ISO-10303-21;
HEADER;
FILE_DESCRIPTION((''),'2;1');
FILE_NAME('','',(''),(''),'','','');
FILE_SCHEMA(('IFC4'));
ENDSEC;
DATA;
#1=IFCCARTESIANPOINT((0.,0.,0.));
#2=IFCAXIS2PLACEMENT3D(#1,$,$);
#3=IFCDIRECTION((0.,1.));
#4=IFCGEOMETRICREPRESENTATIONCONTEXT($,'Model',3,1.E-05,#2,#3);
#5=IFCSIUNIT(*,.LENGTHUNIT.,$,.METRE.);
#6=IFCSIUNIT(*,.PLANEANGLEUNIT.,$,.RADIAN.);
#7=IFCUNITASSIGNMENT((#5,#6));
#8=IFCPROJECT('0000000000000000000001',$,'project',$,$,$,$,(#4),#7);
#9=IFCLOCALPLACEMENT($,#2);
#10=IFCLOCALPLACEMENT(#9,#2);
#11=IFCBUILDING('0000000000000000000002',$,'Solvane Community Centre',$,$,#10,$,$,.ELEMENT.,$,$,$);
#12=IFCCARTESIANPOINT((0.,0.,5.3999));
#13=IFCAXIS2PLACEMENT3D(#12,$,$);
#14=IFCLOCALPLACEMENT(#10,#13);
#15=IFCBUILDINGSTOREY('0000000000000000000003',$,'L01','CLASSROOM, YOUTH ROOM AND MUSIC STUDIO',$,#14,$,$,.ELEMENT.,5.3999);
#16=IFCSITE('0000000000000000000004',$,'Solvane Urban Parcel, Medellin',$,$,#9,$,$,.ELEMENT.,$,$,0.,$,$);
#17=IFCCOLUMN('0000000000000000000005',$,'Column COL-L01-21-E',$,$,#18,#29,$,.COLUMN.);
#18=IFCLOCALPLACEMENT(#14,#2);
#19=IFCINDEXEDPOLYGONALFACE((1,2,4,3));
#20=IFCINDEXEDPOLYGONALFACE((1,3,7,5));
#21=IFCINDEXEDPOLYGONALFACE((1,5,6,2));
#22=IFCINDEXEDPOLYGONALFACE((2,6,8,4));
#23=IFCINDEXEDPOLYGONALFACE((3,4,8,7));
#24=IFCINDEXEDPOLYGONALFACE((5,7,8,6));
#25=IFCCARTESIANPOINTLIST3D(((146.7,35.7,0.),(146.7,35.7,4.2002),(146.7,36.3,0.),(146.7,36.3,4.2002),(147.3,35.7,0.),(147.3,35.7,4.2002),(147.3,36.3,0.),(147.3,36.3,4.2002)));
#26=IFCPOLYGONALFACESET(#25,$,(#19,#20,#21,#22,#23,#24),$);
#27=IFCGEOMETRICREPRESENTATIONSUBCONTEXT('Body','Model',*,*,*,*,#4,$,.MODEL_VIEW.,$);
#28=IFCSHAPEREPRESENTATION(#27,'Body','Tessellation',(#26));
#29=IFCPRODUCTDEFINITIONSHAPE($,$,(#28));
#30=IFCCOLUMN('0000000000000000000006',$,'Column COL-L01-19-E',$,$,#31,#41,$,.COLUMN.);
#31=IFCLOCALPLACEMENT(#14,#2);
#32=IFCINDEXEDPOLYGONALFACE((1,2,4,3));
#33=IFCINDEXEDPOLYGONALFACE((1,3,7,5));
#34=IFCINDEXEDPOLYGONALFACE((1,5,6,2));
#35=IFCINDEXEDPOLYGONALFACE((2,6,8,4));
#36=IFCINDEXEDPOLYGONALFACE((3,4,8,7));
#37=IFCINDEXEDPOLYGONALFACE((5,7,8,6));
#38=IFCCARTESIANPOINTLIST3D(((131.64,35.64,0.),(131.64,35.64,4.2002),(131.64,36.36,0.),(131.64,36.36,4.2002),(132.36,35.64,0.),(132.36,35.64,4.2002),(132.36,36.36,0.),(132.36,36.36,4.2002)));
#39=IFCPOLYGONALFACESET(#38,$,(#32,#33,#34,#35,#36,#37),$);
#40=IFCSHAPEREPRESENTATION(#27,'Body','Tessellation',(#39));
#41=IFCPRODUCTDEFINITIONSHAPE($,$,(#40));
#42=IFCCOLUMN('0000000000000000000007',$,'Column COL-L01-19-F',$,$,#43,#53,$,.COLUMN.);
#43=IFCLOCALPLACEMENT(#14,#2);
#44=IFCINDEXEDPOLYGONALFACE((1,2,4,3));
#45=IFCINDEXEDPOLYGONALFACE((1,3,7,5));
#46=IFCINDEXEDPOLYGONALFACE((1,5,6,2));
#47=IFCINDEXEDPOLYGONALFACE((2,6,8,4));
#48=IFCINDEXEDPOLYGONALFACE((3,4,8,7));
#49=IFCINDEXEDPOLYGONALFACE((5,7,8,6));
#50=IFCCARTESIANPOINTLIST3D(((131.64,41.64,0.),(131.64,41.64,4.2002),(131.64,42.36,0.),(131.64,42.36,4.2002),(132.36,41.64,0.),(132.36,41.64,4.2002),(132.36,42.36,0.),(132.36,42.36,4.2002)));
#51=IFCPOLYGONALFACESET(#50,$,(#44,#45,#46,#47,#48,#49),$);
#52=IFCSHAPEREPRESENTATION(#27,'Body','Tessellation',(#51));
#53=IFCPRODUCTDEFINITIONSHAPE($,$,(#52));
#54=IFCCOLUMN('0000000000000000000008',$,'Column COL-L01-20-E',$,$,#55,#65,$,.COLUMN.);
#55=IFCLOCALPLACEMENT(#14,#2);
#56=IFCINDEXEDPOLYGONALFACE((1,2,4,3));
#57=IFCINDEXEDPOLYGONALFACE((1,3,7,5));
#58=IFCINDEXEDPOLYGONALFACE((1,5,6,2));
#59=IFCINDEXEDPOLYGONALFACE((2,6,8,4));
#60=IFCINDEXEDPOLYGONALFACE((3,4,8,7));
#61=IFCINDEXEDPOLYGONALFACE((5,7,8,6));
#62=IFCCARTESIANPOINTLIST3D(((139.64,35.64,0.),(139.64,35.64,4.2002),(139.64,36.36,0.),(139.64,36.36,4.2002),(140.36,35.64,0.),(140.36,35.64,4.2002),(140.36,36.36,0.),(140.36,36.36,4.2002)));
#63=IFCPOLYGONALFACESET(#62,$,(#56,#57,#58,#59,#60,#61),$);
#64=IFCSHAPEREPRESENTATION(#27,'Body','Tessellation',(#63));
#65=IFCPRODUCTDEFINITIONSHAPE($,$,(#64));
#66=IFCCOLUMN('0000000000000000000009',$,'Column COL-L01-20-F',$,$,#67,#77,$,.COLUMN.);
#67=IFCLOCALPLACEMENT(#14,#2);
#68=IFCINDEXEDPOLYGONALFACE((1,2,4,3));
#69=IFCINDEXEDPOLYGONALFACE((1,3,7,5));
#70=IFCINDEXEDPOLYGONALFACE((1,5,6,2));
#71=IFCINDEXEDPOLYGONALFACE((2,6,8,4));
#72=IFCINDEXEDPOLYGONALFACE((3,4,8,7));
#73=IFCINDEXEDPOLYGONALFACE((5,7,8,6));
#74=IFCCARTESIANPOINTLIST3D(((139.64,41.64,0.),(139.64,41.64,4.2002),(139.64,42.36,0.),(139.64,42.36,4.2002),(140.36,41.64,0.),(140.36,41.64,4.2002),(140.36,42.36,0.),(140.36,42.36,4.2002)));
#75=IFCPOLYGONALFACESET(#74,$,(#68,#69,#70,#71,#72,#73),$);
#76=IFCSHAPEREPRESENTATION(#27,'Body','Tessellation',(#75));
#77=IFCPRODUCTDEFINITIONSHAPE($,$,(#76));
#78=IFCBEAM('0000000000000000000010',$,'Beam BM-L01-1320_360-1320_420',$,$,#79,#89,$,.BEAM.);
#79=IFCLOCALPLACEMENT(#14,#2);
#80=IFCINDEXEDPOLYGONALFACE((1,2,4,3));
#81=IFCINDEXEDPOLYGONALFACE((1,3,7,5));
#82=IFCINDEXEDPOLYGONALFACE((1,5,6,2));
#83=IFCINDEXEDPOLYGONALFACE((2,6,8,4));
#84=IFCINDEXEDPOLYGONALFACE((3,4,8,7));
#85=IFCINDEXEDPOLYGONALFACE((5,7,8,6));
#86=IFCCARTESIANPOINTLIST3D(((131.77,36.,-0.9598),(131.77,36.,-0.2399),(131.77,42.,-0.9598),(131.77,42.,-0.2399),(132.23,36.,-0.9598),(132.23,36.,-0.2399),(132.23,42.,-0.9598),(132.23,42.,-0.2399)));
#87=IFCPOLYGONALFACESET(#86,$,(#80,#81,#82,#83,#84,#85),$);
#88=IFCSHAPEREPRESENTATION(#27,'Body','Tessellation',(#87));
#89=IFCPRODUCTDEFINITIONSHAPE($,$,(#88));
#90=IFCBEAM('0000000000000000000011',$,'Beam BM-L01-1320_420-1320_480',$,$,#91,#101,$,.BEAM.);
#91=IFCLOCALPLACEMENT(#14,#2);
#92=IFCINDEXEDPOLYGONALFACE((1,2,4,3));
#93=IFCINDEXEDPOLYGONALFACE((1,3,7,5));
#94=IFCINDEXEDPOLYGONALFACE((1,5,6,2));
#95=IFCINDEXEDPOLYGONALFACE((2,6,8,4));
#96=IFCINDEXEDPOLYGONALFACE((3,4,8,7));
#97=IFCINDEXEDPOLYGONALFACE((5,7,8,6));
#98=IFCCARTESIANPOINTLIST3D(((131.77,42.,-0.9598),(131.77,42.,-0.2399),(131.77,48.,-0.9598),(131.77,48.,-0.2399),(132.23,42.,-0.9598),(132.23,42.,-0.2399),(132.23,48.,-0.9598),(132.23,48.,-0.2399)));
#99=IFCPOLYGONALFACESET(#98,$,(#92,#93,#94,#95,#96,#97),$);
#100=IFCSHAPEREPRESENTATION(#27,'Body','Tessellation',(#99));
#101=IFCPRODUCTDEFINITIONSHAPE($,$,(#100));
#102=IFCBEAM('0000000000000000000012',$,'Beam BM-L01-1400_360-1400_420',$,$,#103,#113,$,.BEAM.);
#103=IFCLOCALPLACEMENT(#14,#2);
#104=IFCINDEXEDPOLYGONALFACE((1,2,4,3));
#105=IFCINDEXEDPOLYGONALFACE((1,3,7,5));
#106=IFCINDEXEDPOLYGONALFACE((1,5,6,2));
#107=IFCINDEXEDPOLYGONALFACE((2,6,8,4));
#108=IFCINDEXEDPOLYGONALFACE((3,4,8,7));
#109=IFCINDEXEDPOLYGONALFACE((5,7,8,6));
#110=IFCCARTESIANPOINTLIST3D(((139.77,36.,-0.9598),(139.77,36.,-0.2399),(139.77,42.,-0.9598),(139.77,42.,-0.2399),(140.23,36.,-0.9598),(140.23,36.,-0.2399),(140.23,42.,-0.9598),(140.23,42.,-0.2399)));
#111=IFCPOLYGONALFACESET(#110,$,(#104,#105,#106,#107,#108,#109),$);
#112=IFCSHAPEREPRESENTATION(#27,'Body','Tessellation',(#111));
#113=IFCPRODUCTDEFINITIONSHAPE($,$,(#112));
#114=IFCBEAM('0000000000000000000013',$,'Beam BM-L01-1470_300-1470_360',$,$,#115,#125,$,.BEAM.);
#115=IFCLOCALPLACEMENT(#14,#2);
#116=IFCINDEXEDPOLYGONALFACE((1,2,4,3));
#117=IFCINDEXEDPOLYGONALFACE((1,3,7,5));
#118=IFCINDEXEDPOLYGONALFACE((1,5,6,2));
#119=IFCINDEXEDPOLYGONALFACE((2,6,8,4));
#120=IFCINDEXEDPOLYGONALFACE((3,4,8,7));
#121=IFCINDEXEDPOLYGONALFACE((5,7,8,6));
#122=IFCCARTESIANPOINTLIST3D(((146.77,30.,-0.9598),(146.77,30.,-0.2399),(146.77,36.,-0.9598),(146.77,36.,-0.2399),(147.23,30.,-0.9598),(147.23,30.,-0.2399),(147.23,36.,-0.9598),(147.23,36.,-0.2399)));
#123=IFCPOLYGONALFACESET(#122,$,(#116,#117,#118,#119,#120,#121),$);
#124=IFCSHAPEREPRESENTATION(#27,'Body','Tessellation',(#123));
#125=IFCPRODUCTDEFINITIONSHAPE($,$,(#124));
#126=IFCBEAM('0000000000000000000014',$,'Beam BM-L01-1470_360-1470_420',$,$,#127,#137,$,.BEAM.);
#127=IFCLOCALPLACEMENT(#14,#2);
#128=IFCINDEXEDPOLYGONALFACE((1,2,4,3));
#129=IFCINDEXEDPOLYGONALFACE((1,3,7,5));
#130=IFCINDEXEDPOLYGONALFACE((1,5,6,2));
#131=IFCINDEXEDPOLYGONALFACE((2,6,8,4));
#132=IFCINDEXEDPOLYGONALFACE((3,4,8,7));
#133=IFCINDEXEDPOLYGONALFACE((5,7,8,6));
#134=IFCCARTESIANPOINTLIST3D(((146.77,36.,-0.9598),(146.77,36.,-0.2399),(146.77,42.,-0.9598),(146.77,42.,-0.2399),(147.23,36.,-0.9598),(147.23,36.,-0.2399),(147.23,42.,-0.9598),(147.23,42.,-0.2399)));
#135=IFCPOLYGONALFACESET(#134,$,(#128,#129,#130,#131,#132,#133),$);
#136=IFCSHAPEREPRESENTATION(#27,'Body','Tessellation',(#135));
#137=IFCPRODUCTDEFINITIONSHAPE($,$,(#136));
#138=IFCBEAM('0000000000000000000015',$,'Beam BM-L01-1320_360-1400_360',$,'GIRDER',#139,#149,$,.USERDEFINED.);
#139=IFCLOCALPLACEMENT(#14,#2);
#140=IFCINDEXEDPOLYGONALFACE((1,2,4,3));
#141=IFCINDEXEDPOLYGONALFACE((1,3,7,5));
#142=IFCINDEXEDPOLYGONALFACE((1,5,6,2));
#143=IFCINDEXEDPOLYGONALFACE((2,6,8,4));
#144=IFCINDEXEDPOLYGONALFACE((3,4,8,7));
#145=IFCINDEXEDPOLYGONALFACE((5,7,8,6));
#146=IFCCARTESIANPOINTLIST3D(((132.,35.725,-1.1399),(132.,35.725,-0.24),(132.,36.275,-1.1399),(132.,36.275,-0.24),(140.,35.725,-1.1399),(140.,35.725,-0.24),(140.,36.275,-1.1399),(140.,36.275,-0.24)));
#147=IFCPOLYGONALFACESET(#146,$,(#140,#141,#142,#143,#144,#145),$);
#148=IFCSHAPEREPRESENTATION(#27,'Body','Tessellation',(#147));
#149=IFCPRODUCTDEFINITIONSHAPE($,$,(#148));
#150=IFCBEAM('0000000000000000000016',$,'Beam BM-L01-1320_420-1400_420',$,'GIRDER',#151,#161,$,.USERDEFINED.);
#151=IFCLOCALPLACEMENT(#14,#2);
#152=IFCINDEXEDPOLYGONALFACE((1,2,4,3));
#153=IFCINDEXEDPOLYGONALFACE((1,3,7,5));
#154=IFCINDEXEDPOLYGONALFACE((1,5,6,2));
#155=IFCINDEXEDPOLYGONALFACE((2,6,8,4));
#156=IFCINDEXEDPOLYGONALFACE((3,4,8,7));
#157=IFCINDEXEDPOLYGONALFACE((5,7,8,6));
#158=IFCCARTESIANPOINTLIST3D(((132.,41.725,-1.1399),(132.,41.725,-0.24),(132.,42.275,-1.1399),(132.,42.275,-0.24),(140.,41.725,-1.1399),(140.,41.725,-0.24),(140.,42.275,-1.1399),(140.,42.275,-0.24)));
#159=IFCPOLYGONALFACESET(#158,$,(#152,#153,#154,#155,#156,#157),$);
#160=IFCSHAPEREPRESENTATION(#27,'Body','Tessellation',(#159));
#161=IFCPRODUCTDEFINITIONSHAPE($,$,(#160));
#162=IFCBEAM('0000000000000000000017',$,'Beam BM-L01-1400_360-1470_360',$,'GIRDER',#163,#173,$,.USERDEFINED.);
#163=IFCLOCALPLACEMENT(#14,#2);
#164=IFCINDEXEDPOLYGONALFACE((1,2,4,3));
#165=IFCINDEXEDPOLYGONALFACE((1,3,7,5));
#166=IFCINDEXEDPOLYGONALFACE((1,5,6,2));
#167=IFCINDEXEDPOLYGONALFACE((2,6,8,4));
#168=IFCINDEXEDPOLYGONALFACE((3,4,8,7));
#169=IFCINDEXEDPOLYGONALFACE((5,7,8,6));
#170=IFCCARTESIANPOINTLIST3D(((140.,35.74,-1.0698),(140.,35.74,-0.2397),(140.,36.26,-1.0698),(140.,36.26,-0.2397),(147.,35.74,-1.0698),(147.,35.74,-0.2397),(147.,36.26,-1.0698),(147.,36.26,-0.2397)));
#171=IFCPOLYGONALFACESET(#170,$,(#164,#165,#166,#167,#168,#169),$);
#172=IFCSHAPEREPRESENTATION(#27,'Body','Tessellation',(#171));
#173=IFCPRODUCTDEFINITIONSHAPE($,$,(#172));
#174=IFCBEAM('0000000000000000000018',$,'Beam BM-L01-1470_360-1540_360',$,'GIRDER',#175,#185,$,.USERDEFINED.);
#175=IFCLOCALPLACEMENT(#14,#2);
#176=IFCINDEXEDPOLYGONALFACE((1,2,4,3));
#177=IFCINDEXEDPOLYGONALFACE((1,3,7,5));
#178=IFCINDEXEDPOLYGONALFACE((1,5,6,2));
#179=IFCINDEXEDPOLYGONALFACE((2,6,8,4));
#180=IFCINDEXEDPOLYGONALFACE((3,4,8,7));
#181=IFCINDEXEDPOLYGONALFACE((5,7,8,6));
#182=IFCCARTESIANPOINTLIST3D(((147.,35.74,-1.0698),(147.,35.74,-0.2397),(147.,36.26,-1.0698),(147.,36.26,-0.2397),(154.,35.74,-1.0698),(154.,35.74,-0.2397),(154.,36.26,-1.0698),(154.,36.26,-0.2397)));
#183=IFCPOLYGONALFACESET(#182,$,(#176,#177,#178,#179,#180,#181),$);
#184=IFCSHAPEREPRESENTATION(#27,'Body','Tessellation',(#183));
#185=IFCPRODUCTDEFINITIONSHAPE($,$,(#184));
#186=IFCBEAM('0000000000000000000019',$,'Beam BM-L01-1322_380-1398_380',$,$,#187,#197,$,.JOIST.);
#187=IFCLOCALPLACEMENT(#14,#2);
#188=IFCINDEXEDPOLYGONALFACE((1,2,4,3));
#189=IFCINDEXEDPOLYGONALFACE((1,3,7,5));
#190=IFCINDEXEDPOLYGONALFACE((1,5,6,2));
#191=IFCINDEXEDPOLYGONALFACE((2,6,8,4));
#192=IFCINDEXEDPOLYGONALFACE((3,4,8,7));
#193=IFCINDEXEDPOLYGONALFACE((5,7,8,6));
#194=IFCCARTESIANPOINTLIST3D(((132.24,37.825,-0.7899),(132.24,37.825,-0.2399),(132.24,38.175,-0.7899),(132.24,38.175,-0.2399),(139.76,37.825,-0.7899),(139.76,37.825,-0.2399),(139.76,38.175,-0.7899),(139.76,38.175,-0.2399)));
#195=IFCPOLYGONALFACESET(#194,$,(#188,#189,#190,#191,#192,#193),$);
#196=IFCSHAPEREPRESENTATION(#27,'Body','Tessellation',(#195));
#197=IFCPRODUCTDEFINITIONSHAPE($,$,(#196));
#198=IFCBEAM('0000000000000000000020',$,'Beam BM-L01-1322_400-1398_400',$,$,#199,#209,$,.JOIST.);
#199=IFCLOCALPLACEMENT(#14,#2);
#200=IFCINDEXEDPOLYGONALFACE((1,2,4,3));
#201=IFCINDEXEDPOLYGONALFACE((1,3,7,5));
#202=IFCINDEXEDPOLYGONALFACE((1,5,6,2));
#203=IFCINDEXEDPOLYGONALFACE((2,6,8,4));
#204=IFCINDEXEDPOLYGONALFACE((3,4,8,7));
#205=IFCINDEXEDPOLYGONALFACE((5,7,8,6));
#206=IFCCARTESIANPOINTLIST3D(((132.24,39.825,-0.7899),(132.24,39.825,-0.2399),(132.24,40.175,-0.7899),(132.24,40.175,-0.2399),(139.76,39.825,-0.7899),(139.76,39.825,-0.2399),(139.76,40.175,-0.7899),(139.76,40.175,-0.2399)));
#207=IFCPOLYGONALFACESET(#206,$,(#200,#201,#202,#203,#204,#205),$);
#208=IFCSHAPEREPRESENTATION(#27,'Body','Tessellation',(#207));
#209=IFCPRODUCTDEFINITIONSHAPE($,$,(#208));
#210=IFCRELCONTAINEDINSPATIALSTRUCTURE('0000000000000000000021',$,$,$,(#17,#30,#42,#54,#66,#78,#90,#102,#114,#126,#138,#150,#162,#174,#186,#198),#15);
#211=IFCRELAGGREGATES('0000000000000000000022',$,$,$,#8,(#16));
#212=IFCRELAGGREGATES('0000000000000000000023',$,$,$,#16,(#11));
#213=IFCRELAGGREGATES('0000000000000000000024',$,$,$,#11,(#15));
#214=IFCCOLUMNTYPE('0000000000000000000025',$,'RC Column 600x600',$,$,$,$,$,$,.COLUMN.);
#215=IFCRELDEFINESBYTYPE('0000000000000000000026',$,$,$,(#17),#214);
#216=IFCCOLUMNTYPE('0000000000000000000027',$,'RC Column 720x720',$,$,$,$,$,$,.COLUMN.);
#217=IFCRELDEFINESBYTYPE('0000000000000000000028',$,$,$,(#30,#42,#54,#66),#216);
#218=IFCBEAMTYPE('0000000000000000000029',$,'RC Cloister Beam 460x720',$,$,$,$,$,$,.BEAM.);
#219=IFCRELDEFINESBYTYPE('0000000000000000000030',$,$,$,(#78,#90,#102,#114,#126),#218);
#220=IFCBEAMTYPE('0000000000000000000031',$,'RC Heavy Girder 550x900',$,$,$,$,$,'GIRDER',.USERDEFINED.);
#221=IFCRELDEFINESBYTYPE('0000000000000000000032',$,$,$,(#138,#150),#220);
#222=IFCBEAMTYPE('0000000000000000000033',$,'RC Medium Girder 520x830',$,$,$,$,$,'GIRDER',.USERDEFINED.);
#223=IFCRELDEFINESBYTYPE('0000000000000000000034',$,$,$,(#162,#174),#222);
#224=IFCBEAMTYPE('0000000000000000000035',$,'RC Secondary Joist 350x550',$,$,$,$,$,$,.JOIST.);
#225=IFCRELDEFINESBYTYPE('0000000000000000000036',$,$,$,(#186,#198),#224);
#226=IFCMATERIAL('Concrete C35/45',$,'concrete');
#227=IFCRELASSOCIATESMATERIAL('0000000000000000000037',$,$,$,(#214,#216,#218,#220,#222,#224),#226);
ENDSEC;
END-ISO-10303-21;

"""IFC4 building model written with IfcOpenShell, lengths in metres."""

from ifc_helpers import new_model, si_unit, direction, frame, origin, origin_2d, place, context, subcontext, project, spatial, rectangle, extrude, material, material_profile, profile_set, type_object, element, save


model = new_model("IFC4")

# Units and contexts
model_context = context("Model", 3, precision=1e-05, world=origin(), true_north=direction((0.0, 1.0)))
body_context = subcontext(model_context, "Body", "Model", "MODEL_VIEW")
ifc_project = project(units=[si_unit("LENGTHUNIT", "METRE"), si_unit("PLANEANGLEUNIT", "RADIAN")], contexts=[model_context])

# Site, building, storey
site_placement = place(None, origin())
site = spatial("IfcSite", under=ifc_project, at=site_placement, Name="Solvane Urban Parcel, Medellin", CompositionType="ELEMENT", RefElevation=0.0)
building_placement = place(site_placement, origin())
building = spatial("IfcBuilding", under=site, at=building_placement, Name="Solvane Community Centre", CompositionType="ELEMENT")
storey_placement = place(building_placement, frame((0.0, 0.0, 5.3999)))
storey = spatial("IfcBuildingStorey", under=building, at=storey_placement, Name="L01", Description="CLASSROOM, YOUTH ROOM AND MUSIC STUDIO", CompositionType="ELEMENT", Elevation=5.3999)

# Columns
ifc_material_1 = material(Name="Concrete C35/45", Category="concrete")
ifc_material_profile_1 = material_profile(ifc_material_1, rectangle(XDim=0.6001, YDim=0.6001, at=origin_2d()), Name="RC 600x600")
ifc_profile_set_1 = profile_set([ifc_material_profile_1], Name="Concrete C35/45")
column_type_1 = type_object("IfcColumnType", Name="RC Column 600x600", PredefinedType="COLUMN", material=ifc_profile_set_1)
column_placement = place(storey_placement, frame((147.0, 36.0, 0.0), z_axis=(0.0, 0.0, 1.0), x_axis=(1.0, 0.0, 0.0)))
element("IfcColumn", 1, at=column_placement, inside=storey, type_object=column_type_1, Name="Column COL-L01-21-E", PredefinedType="COLUMN", context=body_context, shape_type="SweptSolid", body=[
    extrude(rectangle(XDim=0.6001, YDim=0.6001, at=origin_2d()), origin(), (0.0, 0.0, 1.0), 4.2002),
])
ifc_material_profile_2 = material_profile(ifc_material_1, rectangle(XDim=0.72, YDim=0.72, at=origin_2d()), Name="RC 720x720")
ifc_profile_set_2 = profile_set([ifc_material_profile_2], Name="Concrete C35/45")
column_type_2 = type_object("IfcColumnType", Name="RC Column 720x720", PredefinedType="COLUMN", material=ifc_profile_set_2)
for number, where, z_axis, x_axis, name in (
    (2, (132.0, 36.0, 0.0), (0.0, 0.0, 1.0), (1.0, 0.0, 0.0), "Column COL-L01-19-E"),
    (3, (132.0, 42.0, 0.0), (0.0, 0.0, 1.0), (1.0, 0.0, 0.0), "Column COL-L01-19-F"),
    (4, (140.0, 36.0, 0.0), (0.0, 0.0, 1.0), (1.0, 0.0, 0.0), "Column COL-L01-20-E"),
    (5, (140.0, 42.0, 0.0), (0.0, 0.0, 1.0), (1.0, 0.0, 0.0), "Column COL-L01-20-F"),
):
    element("IfcColumn", number, at=place(storey_placement, frame(where, z_axis=z_axis, x_axis=x_axis)), inside=storey, type_object=column_type_2, Name=name, PredefinedType="COLUMN", context=body_context, shape_type="SweptSolid", body=[
        extrude(rectangle(XDim=0.72, YDim=0.72, at=origin_2d()), origin(), (0.0, 0.0, 1.0), 4.2002),
    ])

# Beams
ifc_material_profile_3 = material_profile(ifc_material_1, rectangle(XDim=0.46, YDim=0.72, at=origin_2d()), Name="RC 460x720")
ifc_profile_set_3 = profile_set([ifc_material_profile_3], Name="Concrete C35/45")
beam_type_1 = type_object("IfcBeamType", Name="RC Cloister Beam 460x720", PredefinedType="BEAM", material=ifc_profile_set_3)
for number, where, z_axis, x_axis, name in (
    (6, (132.0, 36.0, -0.5999), (0.0, 1.0, 0.0), (-1.0, 0.0, 0.0), "Beam BM-L01-1320_360-1320_420"),
    (7, (132.0, 42.0, -0.5999), (0.0, 1.0, 0.0), (-1.0, 0.0, 0.0), "Beam BM-L01-1320_420-1320_480"),
    (8, (140.0, 36.0, -0.5999), (0.0, 1.0, 0.0), (-1.0, 0.0, 0.0), "Beam BM-L01-1400_360-1400_420"),
    (9, (147.0, 30.0, -0.5999), (0.0, 1.0, 0.0), (-1.0, 0.0, 0.0), "Beam BM-L01-1470_300-1470_360"),
    (10, (147.0, 36.0, -0.5999), (0.0, 1.0, 0.0), (-1.0, 0.0, 0.0), "Beam BM-L01-1470_360-1470_420"),
):
    element("IfcBeam", number, at=place(storey_placement, frame(where, z_axis=z_axis, x_axis=x_axis)), inside=storey, type_object=beam_type_1, Name=name, PredefinedType="BEAM", context=body_context, shape_type="SweptSolid", body=[
        extrude(rectangle(XDim=0.46, YDim=0.72, at=origin_2d()), origin(), (0.0, 0.0, 1.0), 6.0),
    ])
ifc_material_profile_4 = material_profile(ifc_material_1, rectangle(XDim=0.55, YDim=0.8999, at=origin_2d()), Name="RC 550x900")
ifc_profile_set_4 = profile_set([ifc_material_profile_4], Name="Concrete C35/45")
beam_type_2 = type_object("IfcBeamType", Name="RC Heavy Girder 550x900", ElementType="GIRDER", PredefinedType="USERDEFINED", material=ifc_profile_set_4)
for number, where, z_axis, x_axis, name in (
    (11, (132.0, 36.0, -0.6899), (1.0, 0.0, 0.0), (0.0, 1.0, 0.0), "Beam BM-L01-1320_360-1400_360"),
    (12, (132.0, 42.0, -0.6899), (1.0, 0.0, 0.0), (0.0, 1.0, 0.0), "Beam BM-L01-1320_420-1400_420"),
):
    element("IfcBeam", number, at=place(storey_placement, frame(where, z_axis=z_axis, x_axis=x_axis)), inside=storey, type_object=beam_type_2, Name=name, ObjectType="GIRDER", PredefinedType="USERDEFINED", context=body_context, shape_type="SweptSolid", body=[
        extrude(rectangle(XDim=0.55, YDim=0.8999, at=origin_2d()), origin(), (0.0, 0.0, 1.0), 8.0),
    ])
ifc_material_profile_5 = material_profile(ifc_material_1, rectangle(XDim=0.52, YDim=0.8301, at=origin_2d()), Name="RC 520x830")
ifc_profile_set_5 = profile_set([ifc_material_profile_5], Name="Concrete C35/45")
beam_type_3 = type_object("IfcBeamType", Name="RC Medium Girder 520x830", ElementType="GIRDER", PredefinedType="USERDEFINED", material=ifc_profile_set_5)
for number, where, z_axis, x_axis, name in (
    (13, (140.0, 36.0, -0.6548), (1.0, 0.0, 0.0), (0.0, 1.0, 0.0), "Beam BM-L01-1400_360-1470_360"),
    (14, (147.0, 36.0, -0.6548), (1.0, 0.0, 0.0), (0.0, 1.0, 0.0), "Beam BM-L01-1470_360-1540_360"),
):
    element("IfcBeam", number, at=place(storey_placement, frame(where, z_axis=z_axis, x_axis=x_axis)), inside=storey, type_object=beam_type_3, Name=name, ObjectType="GIRDER", PredefinedType="USERDEFINED", context=body_context, shape_type="SweptSolid", body=[
        extrude(rectangle(XDim=0.52, YDim=0.8301, at=origin_2d()), origin(), (0.0, 0.0, 1.0), 7.0),
    ])
ifc_material_profile_6 = material_profile(ifc_material_1, rectangle(XDim=0.3501, YDim=0.55, at=origin_2d()), Name="RC 350x550")
ifc_profile_set_6 = profile_set([ifc_material_profile_6], Name="Concrete C35/45")
beam_type_4 = type_object("IfcBeamType", Name="RC Secondary Joist 350x550", PredefinedType="JOIST", material=ifc_profile_set_6)
for number, where, z_axis, x_axis, name in (
    (15, (132.24, 38.0, -0.5149), (1.0, 0.0, 0.0), (0.0, 1.0, 0.0), "Beam BM-L01-1322_380-1398_380"),
    (16, (132.24, 40.0, -0.5149), (1.0, 0.0, 0.0), (0.0, 1.0, 0.0), "Beam BM-L01-1322_400-1398_400"),
):
    element("IfcBeam", number, at=place(storey_placement, frame(where, z_axis=z_axis, x_axis=x_axis)), inside=storey, type_object=beam_type_4, Name=name, PredefinedType="JOIST", context=body_context, shape_type="SweptSolid", body=[
        extrude(rectangle(XDim=0.3501, YDim=0.55, at=origin_2d()), origin(), (0.0, 0.0, 1.0), 7.52),
    ])

save(model, "model.ifc")
